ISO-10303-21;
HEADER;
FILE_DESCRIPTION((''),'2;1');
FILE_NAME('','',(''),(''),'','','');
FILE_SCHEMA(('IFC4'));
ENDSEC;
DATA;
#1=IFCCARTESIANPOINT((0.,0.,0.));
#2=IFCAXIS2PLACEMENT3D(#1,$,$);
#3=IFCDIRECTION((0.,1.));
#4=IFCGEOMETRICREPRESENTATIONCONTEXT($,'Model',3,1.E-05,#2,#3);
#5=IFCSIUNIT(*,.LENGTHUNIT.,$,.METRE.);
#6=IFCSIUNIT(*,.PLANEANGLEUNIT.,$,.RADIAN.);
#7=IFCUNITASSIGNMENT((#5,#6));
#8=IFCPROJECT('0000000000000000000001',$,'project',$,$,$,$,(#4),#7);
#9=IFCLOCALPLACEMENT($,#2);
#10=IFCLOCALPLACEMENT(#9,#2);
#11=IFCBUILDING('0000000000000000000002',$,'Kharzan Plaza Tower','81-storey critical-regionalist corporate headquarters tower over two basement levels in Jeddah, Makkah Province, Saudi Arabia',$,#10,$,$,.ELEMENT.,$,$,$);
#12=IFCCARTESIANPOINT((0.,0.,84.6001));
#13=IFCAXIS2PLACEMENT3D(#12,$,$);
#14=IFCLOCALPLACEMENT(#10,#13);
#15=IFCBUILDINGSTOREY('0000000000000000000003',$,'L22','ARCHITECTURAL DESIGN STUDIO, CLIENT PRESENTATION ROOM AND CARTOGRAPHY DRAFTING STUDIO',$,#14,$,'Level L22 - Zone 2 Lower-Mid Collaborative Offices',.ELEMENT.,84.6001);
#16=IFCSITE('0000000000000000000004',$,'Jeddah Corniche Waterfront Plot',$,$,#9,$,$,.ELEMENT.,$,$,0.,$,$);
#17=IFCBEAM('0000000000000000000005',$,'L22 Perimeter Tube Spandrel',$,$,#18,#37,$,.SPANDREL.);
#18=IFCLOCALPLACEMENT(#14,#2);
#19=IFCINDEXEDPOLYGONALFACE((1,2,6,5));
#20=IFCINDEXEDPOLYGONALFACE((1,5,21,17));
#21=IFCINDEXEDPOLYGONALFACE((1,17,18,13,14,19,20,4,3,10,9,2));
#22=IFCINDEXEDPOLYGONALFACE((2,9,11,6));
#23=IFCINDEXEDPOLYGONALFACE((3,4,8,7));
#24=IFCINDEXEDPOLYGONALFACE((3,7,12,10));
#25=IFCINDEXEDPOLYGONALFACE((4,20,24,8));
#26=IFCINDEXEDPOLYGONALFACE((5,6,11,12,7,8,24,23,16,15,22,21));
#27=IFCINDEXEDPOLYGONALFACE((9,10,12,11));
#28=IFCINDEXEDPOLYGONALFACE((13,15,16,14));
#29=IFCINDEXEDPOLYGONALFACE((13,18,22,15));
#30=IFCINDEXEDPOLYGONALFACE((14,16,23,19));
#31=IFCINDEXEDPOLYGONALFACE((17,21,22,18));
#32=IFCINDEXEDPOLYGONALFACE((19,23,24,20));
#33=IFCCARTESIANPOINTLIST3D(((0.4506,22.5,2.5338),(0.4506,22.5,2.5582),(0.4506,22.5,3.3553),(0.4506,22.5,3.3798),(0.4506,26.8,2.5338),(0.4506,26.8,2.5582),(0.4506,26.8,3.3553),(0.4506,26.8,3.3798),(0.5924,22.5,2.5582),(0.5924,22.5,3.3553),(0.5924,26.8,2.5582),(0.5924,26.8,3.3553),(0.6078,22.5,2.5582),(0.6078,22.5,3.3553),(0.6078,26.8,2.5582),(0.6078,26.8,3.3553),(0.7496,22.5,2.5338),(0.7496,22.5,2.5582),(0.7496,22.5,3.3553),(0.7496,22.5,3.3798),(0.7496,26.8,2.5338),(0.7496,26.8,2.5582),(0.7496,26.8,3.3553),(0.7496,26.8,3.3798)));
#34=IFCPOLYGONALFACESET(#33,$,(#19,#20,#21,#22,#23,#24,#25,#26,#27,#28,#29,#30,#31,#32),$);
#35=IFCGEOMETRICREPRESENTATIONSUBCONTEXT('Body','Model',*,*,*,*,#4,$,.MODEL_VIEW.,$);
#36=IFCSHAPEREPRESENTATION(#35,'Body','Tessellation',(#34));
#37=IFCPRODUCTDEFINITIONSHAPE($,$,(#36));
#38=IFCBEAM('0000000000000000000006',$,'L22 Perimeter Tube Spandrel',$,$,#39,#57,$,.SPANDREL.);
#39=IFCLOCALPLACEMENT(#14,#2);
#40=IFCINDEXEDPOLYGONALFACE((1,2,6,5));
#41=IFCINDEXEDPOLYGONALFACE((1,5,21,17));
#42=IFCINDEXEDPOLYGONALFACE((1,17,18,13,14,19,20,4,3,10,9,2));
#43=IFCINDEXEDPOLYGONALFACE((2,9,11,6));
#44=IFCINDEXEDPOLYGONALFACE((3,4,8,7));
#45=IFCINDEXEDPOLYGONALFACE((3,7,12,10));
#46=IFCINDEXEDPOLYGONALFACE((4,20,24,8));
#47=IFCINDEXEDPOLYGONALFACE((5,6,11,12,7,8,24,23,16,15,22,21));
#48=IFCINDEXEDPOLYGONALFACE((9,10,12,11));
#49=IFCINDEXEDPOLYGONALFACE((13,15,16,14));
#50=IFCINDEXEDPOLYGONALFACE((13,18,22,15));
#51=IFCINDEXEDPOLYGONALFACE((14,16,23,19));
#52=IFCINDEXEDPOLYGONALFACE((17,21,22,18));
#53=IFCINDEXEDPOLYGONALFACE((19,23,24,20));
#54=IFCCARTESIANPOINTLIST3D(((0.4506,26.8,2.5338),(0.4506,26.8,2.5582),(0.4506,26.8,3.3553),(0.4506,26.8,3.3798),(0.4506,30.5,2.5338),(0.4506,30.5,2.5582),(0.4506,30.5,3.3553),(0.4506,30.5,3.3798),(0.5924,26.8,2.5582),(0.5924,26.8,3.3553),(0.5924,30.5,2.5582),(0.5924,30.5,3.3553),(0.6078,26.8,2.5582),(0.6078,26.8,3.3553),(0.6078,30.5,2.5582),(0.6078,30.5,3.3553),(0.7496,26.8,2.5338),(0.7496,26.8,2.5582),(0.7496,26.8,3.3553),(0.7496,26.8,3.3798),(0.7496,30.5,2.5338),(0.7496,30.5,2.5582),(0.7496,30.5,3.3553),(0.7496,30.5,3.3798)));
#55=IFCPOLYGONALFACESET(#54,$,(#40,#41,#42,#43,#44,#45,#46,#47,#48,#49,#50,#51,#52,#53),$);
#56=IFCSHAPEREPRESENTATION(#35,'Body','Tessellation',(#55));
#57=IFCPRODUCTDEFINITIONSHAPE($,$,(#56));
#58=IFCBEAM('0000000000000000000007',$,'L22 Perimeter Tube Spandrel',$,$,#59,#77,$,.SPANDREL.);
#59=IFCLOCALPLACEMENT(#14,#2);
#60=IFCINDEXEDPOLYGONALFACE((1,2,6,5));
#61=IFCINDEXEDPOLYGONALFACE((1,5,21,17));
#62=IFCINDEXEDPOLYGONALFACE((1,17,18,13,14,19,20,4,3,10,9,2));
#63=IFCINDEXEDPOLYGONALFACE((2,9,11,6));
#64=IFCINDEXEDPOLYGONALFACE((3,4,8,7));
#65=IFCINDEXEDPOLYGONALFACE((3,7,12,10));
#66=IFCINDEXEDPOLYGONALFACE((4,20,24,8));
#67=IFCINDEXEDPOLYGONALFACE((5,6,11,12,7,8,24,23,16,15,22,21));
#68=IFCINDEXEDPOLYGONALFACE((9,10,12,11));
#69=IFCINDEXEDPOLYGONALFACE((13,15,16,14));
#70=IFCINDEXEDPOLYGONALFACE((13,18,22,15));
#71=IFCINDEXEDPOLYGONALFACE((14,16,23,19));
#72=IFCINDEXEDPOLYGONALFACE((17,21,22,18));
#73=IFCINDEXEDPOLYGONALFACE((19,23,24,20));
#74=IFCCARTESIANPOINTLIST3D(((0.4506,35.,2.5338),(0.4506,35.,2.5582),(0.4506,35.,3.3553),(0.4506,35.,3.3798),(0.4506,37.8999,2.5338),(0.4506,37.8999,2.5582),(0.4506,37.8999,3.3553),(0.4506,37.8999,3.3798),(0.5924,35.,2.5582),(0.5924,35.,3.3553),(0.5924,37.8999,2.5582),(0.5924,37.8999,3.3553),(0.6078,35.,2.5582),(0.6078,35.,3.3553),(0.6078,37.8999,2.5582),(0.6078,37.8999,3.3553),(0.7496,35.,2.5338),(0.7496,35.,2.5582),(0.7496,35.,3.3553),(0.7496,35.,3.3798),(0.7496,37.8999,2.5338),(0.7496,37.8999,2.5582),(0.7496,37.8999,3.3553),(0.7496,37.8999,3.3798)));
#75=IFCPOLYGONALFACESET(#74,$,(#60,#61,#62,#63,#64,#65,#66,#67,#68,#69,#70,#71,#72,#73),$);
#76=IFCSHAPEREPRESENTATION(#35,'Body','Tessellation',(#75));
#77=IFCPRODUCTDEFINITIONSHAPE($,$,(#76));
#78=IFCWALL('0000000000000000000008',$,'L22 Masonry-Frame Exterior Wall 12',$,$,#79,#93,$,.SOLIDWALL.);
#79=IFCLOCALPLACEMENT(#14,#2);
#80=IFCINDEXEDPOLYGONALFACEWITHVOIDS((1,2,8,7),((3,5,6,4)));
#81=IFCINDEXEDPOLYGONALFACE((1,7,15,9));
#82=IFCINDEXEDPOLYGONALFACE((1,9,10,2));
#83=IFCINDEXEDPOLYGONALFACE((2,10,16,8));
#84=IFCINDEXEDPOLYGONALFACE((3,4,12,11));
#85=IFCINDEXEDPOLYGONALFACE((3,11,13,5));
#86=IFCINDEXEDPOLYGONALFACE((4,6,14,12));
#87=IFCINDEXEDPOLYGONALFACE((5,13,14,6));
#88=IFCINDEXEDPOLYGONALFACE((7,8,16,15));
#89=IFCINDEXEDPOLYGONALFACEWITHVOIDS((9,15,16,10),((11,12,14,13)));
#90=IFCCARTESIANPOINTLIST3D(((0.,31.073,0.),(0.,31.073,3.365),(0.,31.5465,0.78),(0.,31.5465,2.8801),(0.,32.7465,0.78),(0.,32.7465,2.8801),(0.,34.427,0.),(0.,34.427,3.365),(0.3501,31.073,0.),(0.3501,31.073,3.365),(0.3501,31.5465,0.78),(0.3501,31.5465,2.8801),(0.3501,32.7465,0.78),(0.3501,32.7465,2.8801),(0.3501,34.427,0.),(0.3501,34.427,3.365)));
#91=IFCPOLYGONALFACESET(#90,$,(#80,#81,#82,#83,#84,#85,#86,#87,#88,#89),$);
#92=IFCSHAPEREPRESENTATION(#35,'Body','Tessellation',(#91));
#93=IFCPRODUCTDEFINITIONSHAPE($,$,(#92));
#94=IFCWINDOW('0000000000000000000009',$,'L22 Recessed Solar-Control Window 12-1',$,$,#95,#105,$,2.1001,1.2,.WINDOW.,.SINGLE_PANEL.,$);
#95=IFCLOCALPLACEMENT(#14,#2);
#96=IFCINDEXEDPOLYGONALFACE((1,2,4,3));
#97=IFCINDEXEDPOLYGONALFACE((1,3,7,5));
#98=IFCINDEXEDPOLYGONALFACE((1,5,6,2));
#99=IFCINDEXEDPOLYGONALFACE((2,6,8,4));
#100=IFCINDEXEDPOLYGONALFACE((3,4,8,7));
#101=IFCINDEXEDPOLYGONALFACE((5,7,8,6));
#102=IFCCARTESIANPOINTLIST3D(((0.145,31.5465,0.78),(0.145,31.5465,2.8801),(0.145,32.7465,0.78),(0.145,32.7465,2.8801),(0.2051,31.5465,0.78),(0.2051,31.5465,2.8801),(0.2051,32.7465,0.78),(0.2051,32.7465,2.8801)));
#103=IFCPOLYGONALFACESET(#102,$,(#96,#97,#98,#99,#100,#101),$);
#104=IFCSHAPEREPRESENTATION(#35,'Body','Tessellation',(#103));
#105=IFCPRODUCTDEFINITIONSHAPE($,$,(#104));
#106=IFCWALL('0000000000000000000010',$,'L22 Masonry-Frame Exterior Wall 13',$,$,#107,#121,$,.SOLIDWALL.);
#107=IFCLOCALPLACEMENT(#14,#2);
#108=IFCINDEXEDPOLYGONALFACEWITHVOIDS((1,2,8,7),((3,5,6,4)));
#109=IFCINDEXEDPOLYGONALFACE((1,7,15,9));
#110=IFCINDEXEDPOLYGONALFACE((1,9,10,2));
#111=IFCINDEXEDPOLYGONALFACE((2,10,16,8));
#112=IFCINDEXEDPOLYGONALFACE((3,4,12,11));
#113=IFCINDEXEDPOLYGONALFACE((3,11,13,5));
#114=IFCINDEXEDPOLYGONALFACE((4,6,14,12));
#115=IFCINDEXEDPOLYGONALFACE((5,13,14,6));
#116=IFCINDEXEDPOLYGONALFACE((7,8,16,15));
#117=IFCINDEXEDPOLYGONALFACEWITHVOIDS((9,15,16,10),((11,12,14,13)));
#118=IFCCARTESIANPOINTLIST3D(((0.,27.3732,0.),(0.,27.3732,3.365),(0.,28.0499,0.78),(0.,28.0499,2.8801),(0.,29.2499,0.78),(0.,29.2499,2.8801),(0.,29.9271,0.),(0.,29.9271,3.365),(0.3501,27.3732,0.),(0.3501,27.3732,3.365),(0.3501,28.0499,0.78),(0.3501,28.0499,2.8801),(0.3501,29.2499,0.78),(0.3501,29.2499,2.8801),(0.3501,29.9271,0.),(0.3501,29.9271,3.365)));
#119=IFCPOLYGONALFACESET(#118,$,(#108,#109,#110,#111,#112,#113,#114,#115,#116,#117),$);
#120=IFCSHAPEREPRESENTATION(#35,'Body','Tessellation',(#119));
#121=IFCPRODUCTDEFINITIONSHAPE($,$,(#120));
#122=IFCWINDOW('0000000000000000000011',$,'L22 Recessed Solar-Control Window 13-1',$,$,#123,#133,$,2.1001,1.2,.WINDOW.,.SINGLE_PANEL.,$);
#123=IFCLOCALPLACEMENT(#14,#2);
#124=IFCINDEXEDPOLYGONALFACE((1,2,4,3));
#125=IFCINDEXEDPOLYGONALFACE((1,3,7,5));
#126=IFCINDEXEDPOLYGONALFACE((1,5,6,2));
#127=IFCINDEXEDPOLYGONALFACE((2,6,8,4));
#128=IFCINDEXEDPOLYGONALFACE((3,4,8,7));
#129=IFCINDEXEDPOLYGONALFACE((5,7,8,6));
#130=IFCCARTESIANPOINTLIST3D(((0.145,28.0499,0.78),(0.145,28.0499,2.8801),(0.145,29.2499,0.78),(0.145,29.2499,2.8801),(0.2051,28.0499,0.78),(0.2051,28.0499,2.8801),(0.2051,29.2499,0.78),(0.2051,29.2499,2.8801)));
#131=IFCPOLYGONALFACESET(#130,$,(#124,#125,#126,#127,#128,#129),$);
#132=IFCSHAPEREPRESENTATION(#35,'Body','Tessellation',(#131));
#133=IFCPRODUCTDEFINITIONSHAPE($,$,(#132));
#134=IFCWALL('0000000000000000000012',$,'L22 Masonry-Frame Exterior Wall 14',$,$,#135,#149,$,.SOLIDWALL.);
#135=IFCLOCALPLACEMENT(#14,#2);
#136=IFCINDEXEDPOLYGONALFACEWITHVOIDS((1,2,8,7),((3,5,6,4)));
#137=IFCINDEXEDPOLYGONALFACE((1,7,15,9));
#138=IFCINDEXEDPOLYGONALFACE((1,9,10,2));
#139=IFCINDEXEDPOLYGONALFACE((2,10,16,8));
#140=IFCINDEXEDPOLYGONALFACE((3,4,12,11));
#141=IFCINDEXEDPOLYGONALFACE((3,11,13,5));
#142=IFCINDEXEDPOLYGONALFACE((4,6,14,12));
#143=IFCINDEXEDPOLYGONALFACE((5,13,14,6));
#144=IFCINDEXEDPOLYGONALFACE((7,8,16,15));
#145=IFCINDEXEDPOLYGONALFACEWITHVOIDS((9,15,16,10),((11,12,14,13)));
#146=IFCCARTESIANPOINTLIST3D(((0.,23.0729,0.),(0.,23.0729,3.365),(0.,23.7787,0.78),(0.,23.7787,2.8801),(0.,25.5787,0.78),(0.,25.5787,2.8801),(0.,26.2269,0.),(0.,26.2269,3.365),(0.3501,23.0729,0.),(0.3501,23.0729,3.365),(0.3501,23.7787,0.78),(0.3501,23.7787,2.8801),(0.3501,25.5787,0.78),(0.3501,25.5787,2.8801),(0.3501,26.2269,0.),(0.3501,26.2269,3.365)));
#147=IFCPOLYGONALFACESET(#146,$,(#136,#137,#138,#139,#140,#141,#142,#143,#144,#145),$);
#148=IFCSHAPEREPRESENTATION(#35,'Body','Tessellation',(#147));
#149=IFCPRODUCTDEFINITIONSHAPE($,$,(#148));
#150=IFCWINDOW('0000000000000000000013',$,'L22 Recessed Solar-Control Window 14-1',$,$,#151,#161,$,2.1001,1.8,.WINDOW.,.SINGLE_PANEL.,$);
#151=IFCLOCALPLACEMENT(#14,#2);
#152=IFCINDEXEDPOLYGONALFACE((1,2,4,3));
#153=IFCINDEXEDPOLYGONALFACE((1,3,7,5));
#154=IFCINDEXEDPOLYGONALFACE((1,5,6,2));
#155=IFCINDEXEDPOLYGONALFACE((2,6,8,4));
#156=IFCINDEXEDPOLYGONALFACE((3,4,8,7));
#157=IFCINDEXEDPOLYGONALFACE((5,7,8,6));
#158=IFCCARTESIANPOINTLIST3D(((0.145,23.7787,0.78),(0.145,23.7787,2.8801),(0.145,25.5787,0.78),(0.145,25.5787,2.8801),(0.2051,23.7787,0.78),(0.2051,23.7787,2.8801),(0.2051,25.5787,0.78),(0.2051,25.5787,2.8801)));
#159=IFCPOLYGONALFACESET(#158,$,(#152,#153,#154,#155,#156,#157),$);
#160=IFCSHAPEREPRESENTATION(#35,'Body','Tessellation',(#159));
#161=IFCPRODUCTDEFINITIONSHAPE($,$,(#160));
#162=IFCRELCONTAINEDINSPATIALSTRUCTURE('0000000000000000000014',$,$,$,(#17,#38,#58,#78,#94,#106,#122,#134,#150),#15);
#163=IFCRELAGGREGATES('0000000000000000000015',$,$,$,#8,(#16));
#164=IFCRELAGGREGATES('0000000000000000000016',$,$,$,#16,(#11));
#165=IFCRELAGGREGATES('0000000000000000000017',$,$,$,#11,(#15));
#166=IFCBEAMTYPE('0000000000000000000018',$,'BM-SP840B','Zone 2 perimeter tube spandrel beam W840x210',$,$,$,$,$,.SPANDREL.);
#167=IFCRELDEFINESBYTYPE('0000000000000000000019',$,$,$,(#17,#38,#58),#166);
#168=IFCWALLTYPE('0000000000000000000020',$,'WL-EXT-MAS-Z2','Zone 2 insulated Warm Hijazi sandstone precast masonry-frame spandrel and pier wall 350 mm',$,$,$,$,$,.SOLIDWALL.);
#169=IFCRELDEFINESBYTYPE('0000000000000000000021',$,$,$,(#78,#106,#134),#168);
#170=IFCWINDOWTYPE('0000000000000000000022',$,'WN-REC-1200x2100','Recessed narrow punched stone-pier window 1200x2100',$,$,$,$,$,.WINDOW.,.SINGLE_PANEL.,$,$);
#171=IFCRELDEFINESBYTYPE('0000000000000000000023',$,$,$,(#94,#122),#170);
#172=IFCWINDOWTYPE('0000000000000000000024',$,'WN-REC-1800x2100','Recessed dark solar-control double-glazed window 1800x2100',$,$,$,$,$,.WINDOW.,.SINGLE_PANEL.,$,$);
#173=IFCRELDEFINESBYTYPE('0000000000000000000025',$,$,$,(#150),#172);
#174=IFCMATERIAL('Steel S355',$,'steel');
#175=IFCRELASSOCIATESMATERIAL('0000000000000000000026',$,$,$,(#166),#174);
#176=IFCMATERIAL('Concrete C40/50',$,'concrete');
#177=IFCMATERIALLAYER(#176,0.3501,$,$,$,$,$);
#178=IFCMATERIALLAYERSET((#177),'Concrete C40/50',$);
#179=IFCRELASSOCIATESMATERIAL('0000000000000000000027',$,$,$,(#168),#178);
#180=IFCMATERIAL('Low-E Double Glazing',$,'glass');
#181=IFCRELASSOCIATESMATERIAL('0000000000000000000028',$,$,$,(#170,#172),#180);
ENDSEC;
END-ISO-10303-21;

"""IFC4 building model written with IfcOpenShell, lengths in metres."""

from ifc_helpers import new_model, si_unit, direction, frame, frame_2d, origin, origin_2d, place, context, subcontext, project, spatial, rectangle, i_section, extrude, source, transform, mapped, material, layer, layer_set, material_profile, profile_set, type_object, element, fill, save


model = new_model("IFC4")

# Units and contexts
model_context = context("Model", 3, precision=1e-05, world=origin(), true_north=direction((0.0, 1.0)))
body_context = subcontext(model_context, "Body", "Model", "MODEL_VIEW")
ifc_project = project(units=[si_unit("LENGTHUNIT", "METRE"), si_unit("PLANEANGLEUNIT", "RADIAN")], contexts=[model_context])

# Site, building, storey
site_placement = place(None, origin())
site = spatial("IfcSite", under=ifc_project, at=site_placement, Name="Jeddah Corniche Waterfront Plot", CompositionType="ELEMENT", RefElevation=0.0)
building_placement = place(site_placement, origin())
building = spatial("IfcBuilding", under=site, at=building_placement, Name="Kharzan Plaza Tower", Description="81-storey critical-regionalist corporate headquarters tower over two basement levels in Jeddah, Makkah Province, Saudi Arabia", CompositionType="ELEMENT")
storey_placement = place(building_placement, frame((0.0, 0.0, 84.6001)))
storey = spatial("IfcBuildingStorey", under=building, at=storey_placement, Name="L22", Description="ARCHITECTURAL DESIGN STUDIO, CLIENT PRESENTATION ROOM AND CARTOGRAPHY DRAFTING STUDIO", LongName="Level L22 - Zone 2 Lower-Mid Collaborative Offices", CompositionType="ELEMENT", Elevation=84.6001)

# Beams
ifc_material_1 = material(Name="Steel S355", Category="steel")
ifc_material_profile_1 = material_profile(ifc_material_1, i_section(OverallWidth=0.2991, OverallDepth=0.8459, WebThickness=0.0154, FlangeThickness=0.0244, at=origin_2d()), Name="W840x210")
ifc_profile_set_1 = profile_set([ifc_material_profile_1], Name="Steel S355")
beam_type_1 = type_object("IfcBeamType", Name="BM-SP840B", Description="Zone 2 perimeter tube spandrel beam W840x210", PredefinedType="SPANDREL", material=ifc_profile_set_1)
shared_shape_1 = source(origin(), body_context, "Body", "SweptSolid", [
    extrude(i_section(OverallWidth=0.2991, OverallDepth=0.8459, WebThickness=0.0154, FlangeThickness=0.0244, at=origin_2d()), origin(), (0.0, 0.0, 1.0), 4.3),
])
beam_1_placement = place(storey_placement, frame((0.6001, 22.5, 2.9568), z_axis=(0.0, 1.0, 0.0), x_axis=(-1.0, 0.0, 0.0)))
element("IfcBeam", 1, at=beam_1_placement, inside=storey, type_object=beam_type_1, Name="L22 Perimeter Tube Spandrel", PredefinedType="SPANDREL", context=body_context, shape_type="MappedRepresentation", body=[
    mapped(shared_shape_1, transform((0.0, 0.0, 0.0), x_axis=(1.0, 0.0, 0.0), y_axis=(0.0, 1.0, 0.0), z_axis=(0.0, 0.0, 1.0))),
])
shared_shape_2 = source(origin(), body_context, "Body", "SweptSolid", [
    extrude(i_section(OverallWidth=0.2991, OverallDepth=0.8459, WebThickness=0.0154, FlangeThickness=0.0244, at=origin_2d()), origin(), (0.0, 0.0, 1.0), 3.7),
])
beam_2_placement = place(storey_placement, frame((0.6001, 26.8, 2.9568), z_axis=(0.0, 1.0, 0.0), x_axis=(-1.0, 0.0, 0.0)))
element("IfcBeam", 2, at=beam_2_placement, inside=storey, type_object=beam_type_1, Name="L22 Perimeter Tube Spandrel", PredefinedType="SPANDREL", context=body_context, shape_type="MappedRepresentation", body=[
    mapped(shared_shape_2, transform((0.0, 0.0, 0.0), x_axis=(1.0, 0.0, 0.0), y_axis=(0.0, 1.0, 0.0), z_axis=(0.0, 0.0, 1.0))),
])
shared_shape_3 = source(origin(), body_context, "Body", "SweptSolid", [
    extrude(i_section(OverallWidth=0.2991, OverallDepth=0.8459, WebThickness=0.0154, FlangeThickness=0.0244, at=origin_2d()), origin(), (0.0, 0.0, 1.0), 2.8999),
])
beam_3_placement = place(storey_placement, frame((0.6001, 35.0, 2.9568), z_axis=(0.0, 1.0, 0.0), x_axis=(-1.0, 0.0, 0.0)))
element("IfcBeam", 3, at=beam_3_placement, inside=storey, type_object=beam_type_1, Name="L22 Perimeter Tube Spandrel", PredefinedType="SPANDREL", context=body_context, shape_type="MappedRepresentation", body=[
    mapped(shared_shape_3, transform((0.0, 0.0, 0.0), x_axis=(1.0, 0.0, 0.0), y_axis=(0.0, 1.0, 0.0), z_axis=(0.0, 0.0, 1.0))),
])

# Walls, openings, windows
ifc_material_2 = material(Name="Concrete C40/50", Category="concrete")
ifc_layer_1 = layer(ifc_material_2, 0.3501)
ifc_layer_set_1 = layer_set([ifc_layer_1], Name="Concrete C40/50")
wall_type_1 = type_object("IfcWallType", Name="WL-EXT-MAS-Z2", Description="Zone 2 insulated Warm Hijazi sandstone precast masonry-frame spandrel and pier wall 350 mm", PredefinedType="SOLIDWALL", material=ifc_layer_set_1)
wall_1_placement = place(storey_placement, frame((0.175, 34.427, 0.0), z_axis=(0.0, 0.0, 1.0), x_axis=(0.0, -1.0, 0.0)))
wall_1 = element("IfcWall", 4, at=wall_1_placement, inside=storey, type_object=wall_type_1, Name="L22 Masonry-Frame Exterior Wall 12", PredefinedType="SOLIDWALL", context=body_context, shape_type="SweptSolid", body=[
    extrude(rectangle(XDim=3.354, YDim=0.3501, at=frame_2d((1.677, 0.0))), origin(), (0.0, 0.0, 1.0), 3.365),
])
opening_1_placement = place(wall_1_placement, frame((1.6804, 0.0, 0.78)))
opening_1 = element("IfcOpeningElement", 5, at=opening_1_placement, cuts=wall_1, PredefinedType="OPENING", context=body_context, shape_type="SweptSolid", body=[
    extrude(rectangle(XDim=1.2, YDim=2.1001, at=frame_2d((0.6001, 1.05))), frame((0.0, 0.1851, 0.0), z_axis=(0.0, -1.0, 0.0), x_axis=(1.0, 0.0, 0.0)), (0.0, 0.0, 1.0), 0.3701),
])
ifc_material_3 = material(Name="Low-E Double Glazing", Category="glass")
window_type_1 = type_object("IfcWindowType", Name="WN-REC-1200x2100", Description="Recessed narrow punched stone-pier window 1200x2100", PartitioningType="SINGLE_PANEL", PredefinedType="WINDOW", material=ifc_material_3)
shared_shape_4 = source(origin(), body_context, "Body", "SweptSolid", [
    extrude(rectangle(XDim=1.2, YDim=2.1001, at=frame_2d((0.6001, 1.05))), frame((0.0, 0.03, 0.0), z_axis=(0.0, -1.0, 0.0), x_axis=(1.0, 0.0, 0.0)), (0.0, 0.0, 1.0), 0.0601),
])
window_1_placement = place(opening_1_placement, origin())
window_1 = element("IfcWindow", 6, at=window_1_placement, inside=storey, type_object=window_type_1, Name="L22 Recessed Solar-Control Window 12-1", OverallHeight=2.1001, OverallWidth=1.2, PartitioningType="SINGLE_PANEL", PredefinedType="WINDOW", context=body_context, shape_type="MappedRepresentation", body=[
    mapped(shared_shape_4, transform((0.0, 0.0, 0.0), x_axis=(1.0, 0.0, 0.0), y_axis=(0.0, 1.0, 0.0), z_axis=(0.0, 0.0, 1.0))),
])
fill(opening_1, window_1)
wall_2_placement = place(storey_placement, frame((0.175, 29.927, 0.0), z_axis=(0.0, 0.0, 1.0), x_axis=(0.0, -1.0, 0.0)))
wall_2 = element("IfcWall", 7, at=wall_2_placement, inside=storey, type_object=wall_type_1, Name="L22 Masonry-Frame Exterior Wall 13", PredefinedType="SOLIDWALL", context=body_context, shape_type="SweptSolid", body=[
    extrude(rectangle(XDim=2.554, YDim=0.3501, at=frame_2d((1.2769, 0.0))), origin(), (0.0, 0.0, 1.0), 3.365),
])
opening_2_placement = place(wall_2_placement, frame((0.677, 0.0, 0.78)))
opening_2 = element("IfcOpeningElement", 8, at=opening_2_placement, cuts=wall_2, PredefinedType="OPENING", context=body_context, shape_type="SweptSolid", body=[
    extrude(rectangle(XDim=1.2, YDim=2.1001, at=frame_2d((0.6001, 1.05))), frame((0.0, 0.1851, 0.0), z_axis=(0.0, -1.0, 0.0), x_axis=(1.0, 0.0, 0.0)), (0.0, 0.0, 1.0), 0.3701),
])
window_2_placement = place(opening_2_placement, origin())
window_2 = element("IfcWindow", 9, at=window_2_placement, inside=storey, type_object=window_type_1, Name="L22 Recessed Solar-Control Window 13-1", OverallHeight=2.1001, OverallWidth=1.2, PartitioningType="SINGLE_PANEL", PredefinedType="WINDOW", context=body_context, shape_type="MappedRepresentation", body=[
    mapped(shared_shape_4, transform((0.0, 0.0, 0.0), x_axis=(1.0, 0.0, 0.0), y_axis=(0.0, 1.0, 0.0), z_axis=(0.0, 0.0, 1.0))),
])
fill(opening_2, window_2)
wall_3_placement = place(storey_placement, frame((0.175, 26.2271, 0.0), z_axis=(0.0, 0.0, 1.0), x_axis=(0.0, -1.0, 0.0)))
wall_3 = element("IfcWall", 10, at=wall_3_placement, inside=storey, type_object=wall_type_1, Name="L22 Masonry-Frame Exterior Wall 14", PredefinedType="SOLIDWALL", context=body_context, shape_type="SweptSolid", body=[
    extrude(rectangle(XDim=3.1541, YDim=0.3501, at=frame_2d((1.5771, 0.0))), origin(), (0.0, 0.0, 1.0), 3.365),
])
opening_3_placement = place(wall_3_placement, frame((0.6484, 0.0, 0.78)))
opening_3 = element("IfcOpeningElement", 11, at=opening_3_placement, cuts=wall_3, PredefinedType="OPENING", context=body_context, shape_type="SweptSolid", body=[
    extrude(rectangle(XDim=1.8, YDim=2.1001, at=frame_2d((0.8999, 1.05))), frame((0.0, 0.1851, 0.0), z_axis=(0.0, -1.0, 0.0), x_axis=(1.0, 0.0, 0.0)), (0.0, 0.0, 1.0), 0.3701),
])
window_type_2 = type_object("IfcWindowType", Name="WN-REC-1800x2100", Description="Recessed dark solar-control double-glazed window 1800x2100", PartitioningType="SINGLE_PANEL", PredefinedType="WINDOW", material=ifc_material_3)
shared_shape_5 = source(origin(), body_context, "Body", "SweptSolid", [
    extrude(rectangle(XDim=1.8, YDim=2.1001, at=frame_2d((0.8999, 1.05))), frame((0.0, 0.03, 0.0), z_axis=(0.0, -1.0, 0.0), x_axis=(1.0, 0.0, 0.0)), (0.0, 0.0, 1.0), 0.0601),
])
window_3_placement = place(opening_3_placement, origin())
window_3 = element("IfcWindow", 12, at=window_3_placement, inside=storey, type_object=window_type_2, Name="L22 Recessed Solar-Control Window 14-1", OverallHeight=2.1001, OverallWidth=1.8, PartitioningType="SINGLE_PANEL", PredefinedType="WINDOW", context=body_context, shape_type="MappedRepresentation", body=[
    mapped(shared_shape_5, transform((0.0, 0.0, 0.0), x_axis=(1.0, 0.0, 0.0), y_axis=(0.0, 1.0, 0.0), z_axis=(0.0, 0.0, 1.0))),
])
fill(opening_3, window_3)

save(model, "model.ifc")
